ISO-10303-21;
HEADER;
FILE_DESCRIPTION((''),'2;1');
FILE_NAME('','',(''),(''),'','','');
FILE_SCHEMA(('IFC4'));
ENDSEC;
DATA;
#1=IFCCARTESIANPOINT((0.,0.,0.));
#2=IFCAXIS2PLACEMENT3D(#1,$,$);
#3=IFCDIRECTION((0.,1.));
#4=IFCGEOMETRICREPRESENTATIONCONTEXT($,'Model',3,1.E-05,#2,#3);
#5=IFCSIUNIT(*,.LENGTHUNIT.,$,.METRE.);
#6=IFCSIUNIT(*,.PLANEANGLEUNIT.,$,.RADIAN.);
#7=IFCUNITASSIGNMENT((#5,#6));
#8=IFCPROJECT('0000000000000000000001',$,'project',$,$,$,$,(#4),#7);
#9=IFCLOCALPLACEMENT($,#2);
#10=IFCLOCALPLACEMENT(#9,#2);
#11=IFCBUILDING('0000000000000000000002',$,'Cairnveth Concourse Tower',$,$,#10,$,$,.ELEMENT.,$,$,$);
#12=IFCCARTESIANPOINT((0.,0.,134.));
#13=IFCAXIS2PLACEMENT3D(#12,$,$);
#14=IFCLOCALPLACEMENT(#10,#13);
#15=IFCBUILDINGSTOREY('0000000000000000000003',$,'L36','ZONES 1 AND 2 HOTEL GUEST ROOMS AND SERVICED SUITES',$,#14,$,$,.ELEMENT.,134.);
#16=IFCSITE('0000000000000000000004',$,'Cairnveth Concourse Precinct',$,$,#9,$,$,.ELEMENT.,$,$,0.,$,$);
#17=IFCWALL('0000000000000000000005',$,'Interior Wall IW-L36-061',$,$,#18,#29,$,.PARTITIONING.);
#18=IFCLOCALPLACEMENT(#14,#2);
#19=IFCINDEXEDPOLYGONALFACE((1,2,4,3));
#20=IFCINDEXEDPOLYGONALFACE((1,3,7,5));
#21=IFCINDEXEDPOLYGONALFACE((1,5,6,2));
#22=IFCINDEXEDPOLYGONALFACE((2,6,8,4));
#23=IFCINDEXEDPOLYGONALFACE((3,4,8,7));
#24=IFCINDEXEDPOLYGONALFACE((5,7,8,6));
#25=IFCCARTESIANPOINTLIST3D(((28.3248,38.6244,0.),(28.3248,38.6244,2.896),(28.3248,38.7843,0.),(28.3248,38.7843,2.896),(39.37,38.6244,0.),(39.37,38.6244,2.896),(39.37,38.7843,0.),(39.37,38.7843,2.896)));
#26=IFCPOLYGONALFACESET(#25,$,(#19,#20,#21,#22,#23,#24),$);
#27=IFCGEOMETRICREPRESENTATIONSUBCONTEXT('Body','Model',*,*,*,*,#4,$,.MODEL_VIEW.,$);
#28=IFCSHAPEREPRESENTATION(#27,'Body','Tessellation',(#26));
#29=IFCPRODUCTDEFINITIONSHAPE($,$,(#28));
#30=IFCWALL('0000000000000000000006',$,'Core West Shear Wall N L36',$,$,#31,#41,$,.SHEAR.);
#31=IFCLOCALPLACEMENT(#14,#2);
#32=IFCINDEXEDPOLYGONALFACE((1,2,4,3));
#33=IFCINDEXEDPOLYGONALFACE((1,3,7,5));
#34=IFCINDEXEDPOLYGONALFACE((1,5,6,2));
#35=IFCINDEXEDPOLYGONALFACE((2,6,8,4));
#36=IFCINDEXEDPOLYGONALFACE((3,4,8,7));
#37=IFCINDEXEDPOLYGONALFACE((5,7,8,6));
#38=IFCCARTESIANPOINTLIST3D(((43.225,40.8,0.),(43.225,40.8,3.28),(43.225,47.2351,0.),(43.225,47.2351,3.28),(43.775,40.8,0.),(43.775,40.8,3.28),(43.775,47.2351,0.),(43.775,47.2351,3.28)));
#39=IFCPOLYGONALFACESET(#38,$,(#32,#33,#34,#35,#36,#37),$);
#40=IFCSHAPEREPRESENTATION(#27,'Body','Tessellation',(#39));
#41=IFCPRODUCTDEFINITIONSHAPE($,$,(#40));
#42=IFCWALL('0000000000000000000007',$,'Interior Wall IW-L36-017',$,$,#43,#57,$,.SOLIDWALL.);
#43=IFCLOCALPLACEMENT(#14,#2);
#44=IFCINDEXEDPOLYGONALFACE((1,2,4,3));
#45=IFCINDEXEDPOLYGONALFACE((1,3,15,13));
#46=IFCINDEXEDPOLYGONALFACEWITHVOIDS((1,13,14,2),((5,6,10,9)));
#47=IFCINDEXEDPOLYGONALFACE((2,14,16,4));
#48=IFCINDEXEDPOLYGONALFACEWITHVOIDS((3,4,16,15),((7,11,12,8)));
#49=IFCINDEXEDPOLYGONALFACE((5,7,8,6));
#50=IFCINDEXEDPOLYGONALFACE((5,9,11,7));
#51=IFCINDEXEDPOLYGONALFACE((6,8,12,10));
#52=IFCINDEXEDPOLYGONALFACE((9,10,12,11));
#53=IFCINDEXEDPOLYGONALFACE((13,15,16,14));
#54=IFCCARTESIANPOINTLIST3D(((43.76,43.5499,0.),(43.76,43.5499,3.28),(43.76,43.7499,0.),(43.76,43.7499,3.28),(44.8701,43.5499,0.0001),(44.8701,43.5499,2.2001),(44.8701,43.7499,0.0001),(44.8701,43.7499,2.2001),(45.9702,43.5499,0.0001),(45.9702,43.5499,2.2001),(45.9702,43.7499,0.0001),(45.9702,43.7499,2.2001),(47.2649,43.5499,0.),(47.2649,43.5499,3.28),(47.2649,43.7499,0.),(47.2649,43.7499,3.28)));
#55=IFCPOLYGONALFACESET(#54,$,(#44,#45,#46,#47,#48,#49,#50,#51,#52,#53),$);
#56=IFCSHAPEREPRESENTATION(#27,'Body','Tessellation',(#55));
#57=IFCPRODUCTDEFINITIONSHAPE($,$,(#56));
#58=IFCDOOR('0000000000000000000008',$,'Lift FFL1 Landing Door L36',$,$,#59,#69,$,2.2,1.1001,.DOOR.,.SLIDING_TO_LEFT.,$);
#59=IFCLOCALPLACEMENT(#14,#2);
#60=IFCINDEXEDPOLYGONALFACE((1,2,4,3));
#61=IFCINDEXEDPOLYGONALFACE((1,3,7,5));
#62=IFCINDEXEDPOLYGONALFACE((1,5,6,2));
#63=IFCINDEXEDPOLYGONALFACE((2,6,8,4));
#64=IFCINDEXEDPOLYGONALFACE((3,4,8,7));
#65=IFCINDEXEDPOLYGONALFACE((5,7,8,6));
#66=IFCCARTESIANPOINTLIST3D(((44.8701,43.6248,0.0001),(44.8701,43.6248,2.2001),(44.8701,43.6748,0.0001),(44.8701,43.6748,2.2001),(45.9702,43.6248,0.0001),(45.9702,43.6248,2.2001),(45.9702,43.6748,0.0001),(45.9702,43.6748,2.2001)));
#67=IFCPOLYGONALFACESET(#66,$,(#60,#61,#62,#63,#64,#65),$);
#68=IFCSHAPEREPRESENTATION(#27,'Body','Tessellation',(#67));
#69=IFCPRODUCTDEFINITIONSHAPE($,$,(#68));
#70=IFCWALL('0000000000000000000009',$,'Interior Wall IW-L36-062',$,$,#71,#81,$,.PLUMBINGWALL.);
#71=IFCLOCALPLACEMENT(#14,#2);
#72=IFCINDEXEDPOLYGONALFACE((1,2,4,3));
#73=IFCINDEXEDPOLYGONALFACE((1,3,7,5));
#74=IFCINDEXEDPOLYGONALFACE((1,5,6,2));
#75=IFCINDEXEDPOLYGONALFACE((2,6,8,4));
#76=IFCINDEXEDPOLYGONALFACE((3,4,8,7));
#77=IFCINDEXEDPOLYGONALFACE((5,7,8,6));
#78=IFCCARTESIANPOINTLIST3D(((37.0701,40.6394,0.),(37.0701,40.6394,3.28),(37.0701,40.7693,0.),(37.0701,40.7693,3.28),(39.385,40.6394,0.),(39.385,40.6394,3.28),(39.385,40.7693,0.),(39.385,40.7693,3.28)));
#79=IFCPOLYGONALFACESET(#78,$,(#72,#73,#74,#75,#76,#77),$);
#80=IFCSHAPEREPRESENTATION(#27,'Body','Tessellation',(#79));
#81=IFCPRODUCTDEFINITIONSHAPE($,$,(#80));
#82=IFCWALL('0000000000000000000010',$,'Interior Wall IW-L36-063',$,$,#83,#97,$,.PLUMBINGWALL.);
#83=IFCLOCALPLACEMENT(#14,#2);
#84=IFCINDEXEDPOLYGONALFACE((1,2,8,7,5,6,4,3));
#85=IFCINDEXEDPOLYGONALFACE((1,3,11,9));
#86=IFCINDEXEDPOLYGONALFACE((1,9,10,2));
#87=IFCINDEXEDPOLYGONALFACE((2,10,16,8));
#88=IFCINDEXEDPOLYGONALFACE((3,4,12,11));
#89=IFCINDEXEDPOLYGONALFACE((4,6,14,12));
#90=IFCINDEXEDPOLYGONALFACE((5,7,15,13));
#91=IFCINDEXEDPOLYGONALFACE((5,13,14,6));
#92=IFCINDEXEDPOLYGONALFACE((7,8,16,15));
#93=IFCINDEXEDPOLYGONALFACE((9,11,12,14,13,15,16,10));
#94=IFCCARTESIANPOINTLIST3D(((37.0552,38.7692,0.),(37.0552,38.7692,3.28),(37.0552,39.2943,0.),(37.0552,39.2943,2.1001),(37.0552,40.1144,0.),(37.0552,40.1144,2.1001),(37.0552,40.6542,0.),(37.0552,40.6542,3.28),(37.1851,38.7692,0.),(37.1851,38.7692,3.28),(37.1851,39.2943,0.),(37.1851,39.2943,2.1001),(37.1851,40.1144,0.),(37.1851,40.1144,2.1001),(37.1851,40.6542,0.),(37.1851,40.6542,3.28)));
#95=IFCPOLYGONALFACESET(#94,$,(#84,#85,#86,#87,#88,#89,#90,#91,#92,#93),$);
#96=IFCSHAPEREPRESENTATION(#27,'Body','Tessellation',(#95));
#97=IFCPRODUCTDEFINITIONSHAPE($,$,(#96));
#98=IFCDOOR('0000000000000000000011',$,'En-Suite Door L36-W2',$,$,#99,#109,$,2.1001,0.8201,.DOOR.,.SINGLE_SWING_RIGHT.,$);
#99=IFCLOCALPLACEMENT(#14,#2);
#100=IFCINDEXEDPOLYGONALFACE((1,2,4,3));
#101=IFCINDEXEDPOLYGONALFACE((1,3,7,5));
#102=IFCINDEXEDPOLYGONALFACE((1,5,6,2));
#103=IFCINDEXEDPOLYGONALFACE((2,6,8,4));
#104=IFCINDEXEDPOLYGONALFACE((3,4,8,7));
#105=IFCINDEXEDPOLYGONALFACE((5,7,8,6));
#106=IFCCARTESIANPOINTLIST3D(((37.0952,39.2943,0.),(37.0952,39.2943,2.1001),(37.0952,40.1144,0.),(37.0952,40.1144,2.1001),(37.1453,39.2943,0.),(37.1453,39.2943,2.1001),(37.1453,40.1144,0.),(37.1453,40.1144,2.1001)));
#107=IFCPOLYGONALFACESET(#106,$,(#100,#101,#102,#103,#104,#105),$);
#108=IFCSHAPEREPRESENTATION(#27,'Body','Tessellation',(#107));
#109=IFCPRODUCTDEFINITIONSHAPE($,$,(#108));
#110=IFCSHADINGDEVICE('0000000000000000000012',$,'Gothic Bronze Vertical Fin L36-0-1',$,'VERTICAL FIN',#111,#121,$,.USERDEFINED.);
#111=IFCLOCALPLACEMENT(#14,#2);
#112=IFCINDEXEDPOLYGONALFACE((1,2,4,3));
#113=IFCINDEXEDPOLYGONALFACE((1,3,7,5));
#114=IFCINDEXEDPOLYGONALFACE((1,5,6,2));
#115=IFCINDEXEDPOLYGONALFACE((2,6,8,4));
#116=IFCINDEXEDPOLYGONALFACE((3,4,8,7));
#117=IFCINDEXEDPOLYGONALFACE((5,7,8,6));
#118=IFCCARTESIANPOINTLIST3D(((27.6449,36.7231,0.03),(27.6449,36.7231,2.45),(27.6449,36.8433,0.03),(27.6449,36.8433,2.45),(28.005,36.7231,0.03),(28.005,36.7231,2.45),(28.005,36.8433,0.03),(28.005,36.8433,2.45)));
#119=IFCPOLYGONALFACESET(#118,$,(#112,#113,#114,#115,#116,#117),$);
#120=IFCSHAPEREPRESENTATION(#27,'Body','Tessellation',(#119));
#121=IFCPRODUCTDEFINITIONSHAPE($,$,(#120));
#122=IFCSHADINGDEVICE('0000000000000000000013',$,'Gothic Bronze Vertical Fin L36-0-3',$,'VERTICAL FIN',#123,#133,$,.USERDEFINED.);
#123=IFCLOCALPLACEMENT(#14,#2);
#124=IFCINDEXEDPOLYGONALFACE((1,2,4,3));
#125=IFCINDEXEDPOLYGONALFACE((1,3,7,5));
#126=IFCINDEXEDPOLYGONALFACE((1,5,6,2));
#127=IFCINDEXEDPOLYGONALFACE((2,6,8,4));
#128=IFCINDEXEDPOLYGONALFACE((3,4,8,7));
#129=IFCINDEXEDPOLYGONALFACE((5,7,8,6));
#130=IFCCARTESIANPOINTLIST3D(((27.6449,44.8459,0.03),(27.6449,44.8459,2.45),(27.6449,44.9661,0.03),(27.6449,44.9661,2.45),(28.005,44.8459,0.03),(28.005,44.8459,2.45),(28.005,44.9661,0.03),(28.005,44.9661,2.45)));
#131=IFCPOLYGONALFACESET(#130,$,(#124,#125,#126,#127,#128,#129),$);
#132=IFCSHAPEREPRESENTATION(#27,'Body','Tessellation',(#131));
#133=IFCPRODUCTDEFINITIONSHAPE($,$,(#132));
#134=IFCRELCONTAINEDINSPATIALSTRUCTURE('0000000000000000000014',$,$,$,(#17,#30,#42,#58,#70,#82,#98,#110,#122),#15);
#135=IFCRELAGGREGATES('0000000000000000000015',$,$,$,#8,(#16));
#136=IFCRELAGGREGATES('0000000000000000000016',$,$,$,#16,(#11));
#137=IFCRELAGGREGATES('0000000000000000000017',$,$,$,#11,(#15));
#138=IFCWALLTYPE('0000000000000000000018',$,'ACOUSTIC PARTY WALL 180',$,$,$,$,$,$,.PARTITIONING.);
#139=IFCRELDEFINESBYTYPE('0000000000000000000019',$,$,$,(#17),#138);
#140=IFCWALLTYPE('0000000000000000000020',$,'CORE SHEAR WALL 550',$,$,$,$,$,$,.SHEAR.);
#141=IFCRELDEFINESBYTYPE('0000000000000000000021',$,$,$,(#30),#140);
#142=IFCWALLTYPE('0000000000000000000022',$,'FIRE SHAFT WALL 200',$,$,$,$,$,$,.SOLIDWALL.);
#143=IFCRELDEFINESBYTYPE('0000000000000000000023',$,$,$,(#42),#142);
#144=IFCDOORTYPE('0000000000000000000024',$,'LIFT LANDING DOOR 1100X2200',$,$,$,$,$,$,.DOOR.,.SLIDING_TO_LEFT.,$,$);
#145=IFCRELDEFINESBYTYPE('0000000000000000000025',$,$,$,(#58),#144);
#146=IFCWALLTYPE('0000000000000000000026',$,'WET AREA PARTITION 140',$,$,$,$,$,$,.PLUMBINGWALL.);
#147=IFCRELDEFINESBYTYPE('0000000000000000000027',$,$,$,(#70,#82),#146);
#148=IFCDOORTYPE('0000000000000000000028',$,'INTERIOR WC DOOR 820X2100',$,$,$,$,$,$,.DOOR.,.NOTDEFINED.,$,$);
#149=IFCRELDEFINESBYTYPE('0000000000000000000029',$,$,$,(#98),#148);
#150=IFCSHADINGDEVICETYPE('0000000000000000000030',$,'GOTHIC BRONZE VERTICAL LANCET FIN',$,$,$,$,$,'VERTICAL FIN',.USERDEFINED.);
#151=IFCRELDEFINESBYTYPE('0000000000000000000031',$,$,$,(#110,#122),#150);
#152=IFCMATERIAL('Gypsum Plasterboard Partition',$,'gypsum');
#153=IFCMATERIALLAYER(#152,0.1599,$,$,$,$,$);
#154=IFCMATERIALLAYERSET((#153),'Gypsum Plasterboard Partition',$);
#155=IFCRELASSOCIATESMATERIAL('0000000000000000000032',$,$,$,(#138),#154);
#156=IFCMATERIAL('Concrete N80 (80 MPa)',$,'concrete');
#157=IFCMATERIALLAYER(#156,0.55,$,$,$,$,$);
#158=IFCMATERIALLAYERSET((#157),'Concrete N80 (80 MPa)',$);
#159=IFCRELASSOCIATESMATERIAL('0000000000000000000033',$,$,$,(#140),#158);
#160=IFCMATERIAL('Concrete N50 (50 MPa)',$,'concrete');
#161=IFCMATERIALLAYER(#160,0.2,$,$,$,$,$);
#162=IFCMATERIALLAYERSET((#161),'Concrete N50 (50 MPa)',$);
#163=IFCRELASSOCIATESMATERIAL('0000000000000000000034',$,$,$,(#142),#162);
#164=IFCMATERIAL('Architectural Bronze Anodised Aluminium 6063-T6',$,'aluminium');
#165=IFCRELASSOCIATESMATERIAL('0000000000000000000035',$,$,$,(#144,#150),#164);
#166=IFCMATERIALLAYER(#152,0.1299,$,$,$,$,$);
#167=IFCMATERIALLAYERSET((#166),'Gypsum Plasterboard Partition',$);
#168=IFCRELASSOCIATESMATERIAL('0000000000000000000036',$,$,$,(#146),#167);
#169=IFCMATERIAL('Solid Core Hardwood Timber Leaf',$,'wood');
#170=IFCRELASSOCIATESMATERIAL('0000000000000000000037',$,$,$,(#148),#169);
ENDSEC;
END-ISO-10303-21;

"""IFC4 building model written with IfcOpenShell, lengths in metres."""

from ifc_helpers import new_model, si_unit, direction, frame, frame_2d, origin, origin_2d, place, context, subcontext, project, spatial, rectangle, extrude, material, layer, layer_set, type_object, element, fill, save


model = new_model("IFC4")

# Units and contexts
model_context = context("Model", 3, precision=1e-05, world=origin(), true_north=direction((0.0, 1.0)))
body_context = subcontext(model_context, "Body", "Model", "MODEL_VIEW")
ifc_project = project(units=[si_unit("LENGTHUNIT", "METRE"), si_unit("PLANEANGLEUNIT", "RADIAN")], contexts=[model_context])

# Site, building, storey
site_placement = place(None, origin())
site = spatial("IfcSite", under=ifc_project, at=site_placement, Name="Cairnveth Concourse Precinct", CompositionType="ELEMENT", RefElevation=0.0)
building_placement = place(site_placement, origin())
building = spatial("IfcBuilding", under=site, at=building_placement, Name="Cairnveth Concourse Tower", CompositionType="ELEMENT")
storey_placement = place(building_placement, frame((0.0, 0.0, 134.0)))
storey = spatial("IfcBuildingStorey", under=building, at=storey_placement, Name="L36", Description="ZONES 1 AND 2 HOTEL GUEST ROOMS AND SERVICED SUITES", CompositionType="ELEMENT", Elevation=134.0)

# Walls
ifc_material_1 = material(Name="Gypsum Plasterboard Partition", Category="gypsum")
ifc_layer_1 = layer(ifc_material_1, 0.1599)
ifc_layer_set_1 = layer_set([ifc_layer_1], Name="Gypsum Plasterboard Partition")
wall_type_1 = type_object("IfcWallType", Name="ACOUSTIC PARTY WALL 180", PredefinedType="PARTITIONING", material=ifc_layer_set_1)
wall_1_placement = place(storey_placement, frame((28.325, 38.7043, 0.0), z_axis=(0.0, 0.0, 1.0), x_axis=(1.0, 0.0, 0.0)))
element("IfcWall", 1, at=wall_1_placement, inside=storey, type_object=wall_type_1, Name="Interior Wall IW-L36-061", PredefinedType="PARTITIONING", context=body_context, shape_type="SweptSolid", body=[
    extrude(rectangle(XDim=11.0452, YDim=0.1599, at=frame_2d((5.5225, 0.0))), origin(), (0.0, 0.0, 1.0), 2.896),
])
ifc_material_2 = material(Name="Concrete N80 (80 MPa)", Category="concrete")
ifc_layer_2 = layer(ifc_material_2, 0.55)
ifc_layer_set_2 = layer_set([ifc_layer_2], Name="Concrete N80 (80 MPa)")
wall_type_2 = type_object("IfcWallType", Name="CORE SHEAR WALL 550", PredefinedType="SHEAR", material=ifc_layer_set_2)
wall_2_placement = place(storey_placement, frame((43.5, 40.8, 0.0), z_axis=(0.0, 0.0, 1.0), x_axis=(0.0, 1.0, 0.0)))
element("IfcWall", 2, at=wall_2_placement, inside=storey, type_object=wall_type_2, Name="Core West Shear Wall N L36", PredefinedType="SHEAR", context=body_context, shape_type="SweptSolid", body=[
    extrude(rectangle(XDim=6.4351, YDim=0.55, at=frame_2d((3.2175, 0.0))), origin(), (0.0, 0.0, 1.0), 3.28),
])

# Wall, opening, door
ifc_material_3 = material(Name="Concrete N50 (50 MPa)", Category="concrete")
ifc_layer_3 = layer(ifc_material_3, 0.2)
ifc_layer_set_3 = layer_set([ifc_layer_3], Name="Concrete N50 (50 MPa)")
wall_type_3 = type_object("IfcWallType", Name="FIRE SHAFT WALL 200", PredefinedType="SOLIDWALL", material=ifc_layer_set_3)
wall_3_placement = place(storey_placement, frame((43.76, 43.6499, 0.0), z_axis=(0.0, 0.0, 1.0), x_axis=(1.0, 0.0, 0.0)))
wall_3 = element("IfcWall", 3, at=wall_3_placement, inside=storey, type_object=wall_type_3, Name="Interior Wall IW-L36-017", PredefinedType="SOLIDWALL", context=body_context, shape_type="SweptSolid", body=[
    extrude(rectangle(XDim=3.5049, YDim=0.2, at=frame_2d((1.7524, 0.0))), origin(), (0.0, 0.0, 1.0), 3.28),
])
opening_1_placement = place(wall_3_placement, frame((1.1101, 0.0, 0.0)))
opening_1 = element("IfcOpeningElement", 4, at=opening_1_placement, cuts=wall_3, PredefinedType="OPENING", context=body_context, shape_type="SweptSolid", body=[
    extrude(rectangle(XDim=1.1001, YDim=2.2, at=frame_2d((0.55, 1.1001))), frame((0.0, 0.1099, 0.0), z_axis=(0.0, -1.0, 0.0), x_axis=(1.0, 0.0, 0.0)), (0.0, 0.0, 1.0), 0.22),
])
ifc_material_4 = material(Name="Architectural Bronze Anodised Aluminium 6063-T6", Category="aluminium")
door_type_1 = type_object("IfcDoorType", Name="LIFT LANDING DOOR 1100X2200", OperationType="SLIDING_TO_LEFT", PredefinedType="DOOR", material=ifc_material_4)
door_1_placement = place(opening_1_placement, origin())
door_1 = element("IfcDoor", 5, at=door_1_placement, inside=storey, type_object=door_type_1, Name="Lift FFL1 Landing Door L36", OperationType="SLIDING_TO_LEFT", OverallHeight=2.2, OverallWidth=1.1001, PredefinedType="DOOR", context=body_context, shape_type="SweptSolid", body=[
    extrude(rectangle(XDim=1.1001, YDim=2.2, at=frame_2d((0.55, 1.1001))), frame((0.0, 0.0249, 0.0), z_axis=(0.0, -1.0, 0.0), x_axis=(1.0, 0.0, 0.0)), (0.0, 0.0, 1.0), 0.05),
])
fill(opening_1, door_1)

# Wall
ifc_layer_4 = layer(ifc_material_1, 0.1299)
ifc_layer_set_4 = layer_set([ifc_layer_4], Name="Gypsum Plasterboard Partition")
wall_type_4 = type_object("IfcWallType", Name="WET AREA PARTITION 140", PredefinedType="PLUMBINGWALL", material=ifc_layer_set_4)
wall_4_placement = place(storey_placement, frame((37.0701, 40.7043, 0.0), z_axis=(0.0, 0.0, 1.0), x_axis=(1.0, 0.0, 0.0)))
element("IfcWall", 6, at=wall_4_placement, inside=storey, type_object=wall_type_4, Name="Interior Wall IW-L36-062", PredefinedType="PLUMBINGWALL", context=body_context, shape_type="SweptSolid", body=[
    extrude(rectangle(XDim=2.3149, YDim=0.1299, at=frame_2d((1.1575, 0.0))), origin(), (0.0, 0.0, 1.0), 3.28),
])

# Wall, opening, door
wall_5_placement = place(storey_placement, frame((37.1201, 38.7693, 0.0), z_axis=(0.0, 0.0, 1.0), x_axis=(0.0, 1.0, 0.0)))
wall_5 = element("IfcWall", 7, at=wall_5_placement, inside=storey, type_object=wall_type_4, Name="Interior Wall IW-L36-063", PredefinedType="PLUMBINGWALL", context=body_context, shape_type="SweptSolid", body=[
    extrude(rectangle(XDim=1.885, YDim=0.1299, at=frame_2d((0.9424, 0.0))), origin(), (0.0, 0.0, 1.0), 3.28),
])
opening_2_placement = place(wall_5_placement, frame((0.5249, 0.0, 0.0)))
opening_2 = element("IfcOpeningElement", 8, at=opening_2_placement, cuts=wall_5, PredefinedType="OPENING", context=body_context, shape_type="SweptSolid", body=[
    extrude(rectangle(XDim=0.8201, YDim=2.1001, at=frame_2d((0.4102, 1.05))), frame((0.0, 0.075, 0.0), z_axis=(0.0, -1.0, 0.0), x_axis=(1.0, 0.0, 0.0)), (0.0, 0.0, 1.0), 0.1499),
])
ifc_material_5 = material(Name="Solid Core Hardwood Timber Leaf", Category="wood")
door_type_2 = type_object("IfcDoorType", Name="INTERIOR WC DOOR 820X2100", OperationType="NOTDEFINED", PredefinedType="DOOR", material=ifc_material_5)
door_2_placement = place(opening_2_placement, origin())
door_2 = element("IfcDoor", 9, at=door_2_placement, inside=storey, type_object=door_type_2, Name="En-Suite Door L36-W2", OperationType="SINGLE_SWING_RIGHT", OverallHeight=2.1001, OverallWidth=0.8201, PredefinedType="DOOR", context=body_context, shape_type="SweptSolid", body=[
    extrude(rectangle(XDim=0.8201, YDim=2.1001, at=frame_2d((0.4102, 1.05))), frame((0.0, 0.0249, 0.0), z_axis=(0.0, -1.0, 0.0), x_axis=(1.0, 0.0, 0.0)), (0.0, 0.0, 1.0), 0.05),
])
fill(opening_2, door_2)

# Shading devices
shading_device_type = type_object("IfcShadingDeviceType", Name="GOTHIC BRONZE VERTICAL LANCET FIN", ElementType="VERTICAL FIN", PredefinedType="USERDEFINED", material=ifc_material_4)
for number, where, z_axis, x_axis, name in (
    (10, (27.825, 36.7832, 0.03), (0.0, 0.0, 1.0), (0.0, 1.0, 0.0), "Gothic Bronze Vertical Fin L36-0-1"),
    (11, (27.825, 44.906, 0.03), (0.0, 0.0, 1.0), (0.0, 1.0, 0.0), "Gothic Bronze Vertical Fin L36-0-3"),
):
    element("IfcShadingDevice", number, at=place(storey_placement, frame(where, z_axis=z_axis, x_axis=x_axis)), inside=storey, type_object=shading_device_type, Name=name, ObjectType="VERTICAL FIN", PredefinedType="USERDEFINED", context=body_context, shape_type="SweptSolid", body=[
        extrude(rectangle(XDim=0.1201, YDim=0.3601, at=origin_2d()), origin(), (0.0, 0.0, 1.0), 2.4199),
    ])

save(model, "model.ifc")
